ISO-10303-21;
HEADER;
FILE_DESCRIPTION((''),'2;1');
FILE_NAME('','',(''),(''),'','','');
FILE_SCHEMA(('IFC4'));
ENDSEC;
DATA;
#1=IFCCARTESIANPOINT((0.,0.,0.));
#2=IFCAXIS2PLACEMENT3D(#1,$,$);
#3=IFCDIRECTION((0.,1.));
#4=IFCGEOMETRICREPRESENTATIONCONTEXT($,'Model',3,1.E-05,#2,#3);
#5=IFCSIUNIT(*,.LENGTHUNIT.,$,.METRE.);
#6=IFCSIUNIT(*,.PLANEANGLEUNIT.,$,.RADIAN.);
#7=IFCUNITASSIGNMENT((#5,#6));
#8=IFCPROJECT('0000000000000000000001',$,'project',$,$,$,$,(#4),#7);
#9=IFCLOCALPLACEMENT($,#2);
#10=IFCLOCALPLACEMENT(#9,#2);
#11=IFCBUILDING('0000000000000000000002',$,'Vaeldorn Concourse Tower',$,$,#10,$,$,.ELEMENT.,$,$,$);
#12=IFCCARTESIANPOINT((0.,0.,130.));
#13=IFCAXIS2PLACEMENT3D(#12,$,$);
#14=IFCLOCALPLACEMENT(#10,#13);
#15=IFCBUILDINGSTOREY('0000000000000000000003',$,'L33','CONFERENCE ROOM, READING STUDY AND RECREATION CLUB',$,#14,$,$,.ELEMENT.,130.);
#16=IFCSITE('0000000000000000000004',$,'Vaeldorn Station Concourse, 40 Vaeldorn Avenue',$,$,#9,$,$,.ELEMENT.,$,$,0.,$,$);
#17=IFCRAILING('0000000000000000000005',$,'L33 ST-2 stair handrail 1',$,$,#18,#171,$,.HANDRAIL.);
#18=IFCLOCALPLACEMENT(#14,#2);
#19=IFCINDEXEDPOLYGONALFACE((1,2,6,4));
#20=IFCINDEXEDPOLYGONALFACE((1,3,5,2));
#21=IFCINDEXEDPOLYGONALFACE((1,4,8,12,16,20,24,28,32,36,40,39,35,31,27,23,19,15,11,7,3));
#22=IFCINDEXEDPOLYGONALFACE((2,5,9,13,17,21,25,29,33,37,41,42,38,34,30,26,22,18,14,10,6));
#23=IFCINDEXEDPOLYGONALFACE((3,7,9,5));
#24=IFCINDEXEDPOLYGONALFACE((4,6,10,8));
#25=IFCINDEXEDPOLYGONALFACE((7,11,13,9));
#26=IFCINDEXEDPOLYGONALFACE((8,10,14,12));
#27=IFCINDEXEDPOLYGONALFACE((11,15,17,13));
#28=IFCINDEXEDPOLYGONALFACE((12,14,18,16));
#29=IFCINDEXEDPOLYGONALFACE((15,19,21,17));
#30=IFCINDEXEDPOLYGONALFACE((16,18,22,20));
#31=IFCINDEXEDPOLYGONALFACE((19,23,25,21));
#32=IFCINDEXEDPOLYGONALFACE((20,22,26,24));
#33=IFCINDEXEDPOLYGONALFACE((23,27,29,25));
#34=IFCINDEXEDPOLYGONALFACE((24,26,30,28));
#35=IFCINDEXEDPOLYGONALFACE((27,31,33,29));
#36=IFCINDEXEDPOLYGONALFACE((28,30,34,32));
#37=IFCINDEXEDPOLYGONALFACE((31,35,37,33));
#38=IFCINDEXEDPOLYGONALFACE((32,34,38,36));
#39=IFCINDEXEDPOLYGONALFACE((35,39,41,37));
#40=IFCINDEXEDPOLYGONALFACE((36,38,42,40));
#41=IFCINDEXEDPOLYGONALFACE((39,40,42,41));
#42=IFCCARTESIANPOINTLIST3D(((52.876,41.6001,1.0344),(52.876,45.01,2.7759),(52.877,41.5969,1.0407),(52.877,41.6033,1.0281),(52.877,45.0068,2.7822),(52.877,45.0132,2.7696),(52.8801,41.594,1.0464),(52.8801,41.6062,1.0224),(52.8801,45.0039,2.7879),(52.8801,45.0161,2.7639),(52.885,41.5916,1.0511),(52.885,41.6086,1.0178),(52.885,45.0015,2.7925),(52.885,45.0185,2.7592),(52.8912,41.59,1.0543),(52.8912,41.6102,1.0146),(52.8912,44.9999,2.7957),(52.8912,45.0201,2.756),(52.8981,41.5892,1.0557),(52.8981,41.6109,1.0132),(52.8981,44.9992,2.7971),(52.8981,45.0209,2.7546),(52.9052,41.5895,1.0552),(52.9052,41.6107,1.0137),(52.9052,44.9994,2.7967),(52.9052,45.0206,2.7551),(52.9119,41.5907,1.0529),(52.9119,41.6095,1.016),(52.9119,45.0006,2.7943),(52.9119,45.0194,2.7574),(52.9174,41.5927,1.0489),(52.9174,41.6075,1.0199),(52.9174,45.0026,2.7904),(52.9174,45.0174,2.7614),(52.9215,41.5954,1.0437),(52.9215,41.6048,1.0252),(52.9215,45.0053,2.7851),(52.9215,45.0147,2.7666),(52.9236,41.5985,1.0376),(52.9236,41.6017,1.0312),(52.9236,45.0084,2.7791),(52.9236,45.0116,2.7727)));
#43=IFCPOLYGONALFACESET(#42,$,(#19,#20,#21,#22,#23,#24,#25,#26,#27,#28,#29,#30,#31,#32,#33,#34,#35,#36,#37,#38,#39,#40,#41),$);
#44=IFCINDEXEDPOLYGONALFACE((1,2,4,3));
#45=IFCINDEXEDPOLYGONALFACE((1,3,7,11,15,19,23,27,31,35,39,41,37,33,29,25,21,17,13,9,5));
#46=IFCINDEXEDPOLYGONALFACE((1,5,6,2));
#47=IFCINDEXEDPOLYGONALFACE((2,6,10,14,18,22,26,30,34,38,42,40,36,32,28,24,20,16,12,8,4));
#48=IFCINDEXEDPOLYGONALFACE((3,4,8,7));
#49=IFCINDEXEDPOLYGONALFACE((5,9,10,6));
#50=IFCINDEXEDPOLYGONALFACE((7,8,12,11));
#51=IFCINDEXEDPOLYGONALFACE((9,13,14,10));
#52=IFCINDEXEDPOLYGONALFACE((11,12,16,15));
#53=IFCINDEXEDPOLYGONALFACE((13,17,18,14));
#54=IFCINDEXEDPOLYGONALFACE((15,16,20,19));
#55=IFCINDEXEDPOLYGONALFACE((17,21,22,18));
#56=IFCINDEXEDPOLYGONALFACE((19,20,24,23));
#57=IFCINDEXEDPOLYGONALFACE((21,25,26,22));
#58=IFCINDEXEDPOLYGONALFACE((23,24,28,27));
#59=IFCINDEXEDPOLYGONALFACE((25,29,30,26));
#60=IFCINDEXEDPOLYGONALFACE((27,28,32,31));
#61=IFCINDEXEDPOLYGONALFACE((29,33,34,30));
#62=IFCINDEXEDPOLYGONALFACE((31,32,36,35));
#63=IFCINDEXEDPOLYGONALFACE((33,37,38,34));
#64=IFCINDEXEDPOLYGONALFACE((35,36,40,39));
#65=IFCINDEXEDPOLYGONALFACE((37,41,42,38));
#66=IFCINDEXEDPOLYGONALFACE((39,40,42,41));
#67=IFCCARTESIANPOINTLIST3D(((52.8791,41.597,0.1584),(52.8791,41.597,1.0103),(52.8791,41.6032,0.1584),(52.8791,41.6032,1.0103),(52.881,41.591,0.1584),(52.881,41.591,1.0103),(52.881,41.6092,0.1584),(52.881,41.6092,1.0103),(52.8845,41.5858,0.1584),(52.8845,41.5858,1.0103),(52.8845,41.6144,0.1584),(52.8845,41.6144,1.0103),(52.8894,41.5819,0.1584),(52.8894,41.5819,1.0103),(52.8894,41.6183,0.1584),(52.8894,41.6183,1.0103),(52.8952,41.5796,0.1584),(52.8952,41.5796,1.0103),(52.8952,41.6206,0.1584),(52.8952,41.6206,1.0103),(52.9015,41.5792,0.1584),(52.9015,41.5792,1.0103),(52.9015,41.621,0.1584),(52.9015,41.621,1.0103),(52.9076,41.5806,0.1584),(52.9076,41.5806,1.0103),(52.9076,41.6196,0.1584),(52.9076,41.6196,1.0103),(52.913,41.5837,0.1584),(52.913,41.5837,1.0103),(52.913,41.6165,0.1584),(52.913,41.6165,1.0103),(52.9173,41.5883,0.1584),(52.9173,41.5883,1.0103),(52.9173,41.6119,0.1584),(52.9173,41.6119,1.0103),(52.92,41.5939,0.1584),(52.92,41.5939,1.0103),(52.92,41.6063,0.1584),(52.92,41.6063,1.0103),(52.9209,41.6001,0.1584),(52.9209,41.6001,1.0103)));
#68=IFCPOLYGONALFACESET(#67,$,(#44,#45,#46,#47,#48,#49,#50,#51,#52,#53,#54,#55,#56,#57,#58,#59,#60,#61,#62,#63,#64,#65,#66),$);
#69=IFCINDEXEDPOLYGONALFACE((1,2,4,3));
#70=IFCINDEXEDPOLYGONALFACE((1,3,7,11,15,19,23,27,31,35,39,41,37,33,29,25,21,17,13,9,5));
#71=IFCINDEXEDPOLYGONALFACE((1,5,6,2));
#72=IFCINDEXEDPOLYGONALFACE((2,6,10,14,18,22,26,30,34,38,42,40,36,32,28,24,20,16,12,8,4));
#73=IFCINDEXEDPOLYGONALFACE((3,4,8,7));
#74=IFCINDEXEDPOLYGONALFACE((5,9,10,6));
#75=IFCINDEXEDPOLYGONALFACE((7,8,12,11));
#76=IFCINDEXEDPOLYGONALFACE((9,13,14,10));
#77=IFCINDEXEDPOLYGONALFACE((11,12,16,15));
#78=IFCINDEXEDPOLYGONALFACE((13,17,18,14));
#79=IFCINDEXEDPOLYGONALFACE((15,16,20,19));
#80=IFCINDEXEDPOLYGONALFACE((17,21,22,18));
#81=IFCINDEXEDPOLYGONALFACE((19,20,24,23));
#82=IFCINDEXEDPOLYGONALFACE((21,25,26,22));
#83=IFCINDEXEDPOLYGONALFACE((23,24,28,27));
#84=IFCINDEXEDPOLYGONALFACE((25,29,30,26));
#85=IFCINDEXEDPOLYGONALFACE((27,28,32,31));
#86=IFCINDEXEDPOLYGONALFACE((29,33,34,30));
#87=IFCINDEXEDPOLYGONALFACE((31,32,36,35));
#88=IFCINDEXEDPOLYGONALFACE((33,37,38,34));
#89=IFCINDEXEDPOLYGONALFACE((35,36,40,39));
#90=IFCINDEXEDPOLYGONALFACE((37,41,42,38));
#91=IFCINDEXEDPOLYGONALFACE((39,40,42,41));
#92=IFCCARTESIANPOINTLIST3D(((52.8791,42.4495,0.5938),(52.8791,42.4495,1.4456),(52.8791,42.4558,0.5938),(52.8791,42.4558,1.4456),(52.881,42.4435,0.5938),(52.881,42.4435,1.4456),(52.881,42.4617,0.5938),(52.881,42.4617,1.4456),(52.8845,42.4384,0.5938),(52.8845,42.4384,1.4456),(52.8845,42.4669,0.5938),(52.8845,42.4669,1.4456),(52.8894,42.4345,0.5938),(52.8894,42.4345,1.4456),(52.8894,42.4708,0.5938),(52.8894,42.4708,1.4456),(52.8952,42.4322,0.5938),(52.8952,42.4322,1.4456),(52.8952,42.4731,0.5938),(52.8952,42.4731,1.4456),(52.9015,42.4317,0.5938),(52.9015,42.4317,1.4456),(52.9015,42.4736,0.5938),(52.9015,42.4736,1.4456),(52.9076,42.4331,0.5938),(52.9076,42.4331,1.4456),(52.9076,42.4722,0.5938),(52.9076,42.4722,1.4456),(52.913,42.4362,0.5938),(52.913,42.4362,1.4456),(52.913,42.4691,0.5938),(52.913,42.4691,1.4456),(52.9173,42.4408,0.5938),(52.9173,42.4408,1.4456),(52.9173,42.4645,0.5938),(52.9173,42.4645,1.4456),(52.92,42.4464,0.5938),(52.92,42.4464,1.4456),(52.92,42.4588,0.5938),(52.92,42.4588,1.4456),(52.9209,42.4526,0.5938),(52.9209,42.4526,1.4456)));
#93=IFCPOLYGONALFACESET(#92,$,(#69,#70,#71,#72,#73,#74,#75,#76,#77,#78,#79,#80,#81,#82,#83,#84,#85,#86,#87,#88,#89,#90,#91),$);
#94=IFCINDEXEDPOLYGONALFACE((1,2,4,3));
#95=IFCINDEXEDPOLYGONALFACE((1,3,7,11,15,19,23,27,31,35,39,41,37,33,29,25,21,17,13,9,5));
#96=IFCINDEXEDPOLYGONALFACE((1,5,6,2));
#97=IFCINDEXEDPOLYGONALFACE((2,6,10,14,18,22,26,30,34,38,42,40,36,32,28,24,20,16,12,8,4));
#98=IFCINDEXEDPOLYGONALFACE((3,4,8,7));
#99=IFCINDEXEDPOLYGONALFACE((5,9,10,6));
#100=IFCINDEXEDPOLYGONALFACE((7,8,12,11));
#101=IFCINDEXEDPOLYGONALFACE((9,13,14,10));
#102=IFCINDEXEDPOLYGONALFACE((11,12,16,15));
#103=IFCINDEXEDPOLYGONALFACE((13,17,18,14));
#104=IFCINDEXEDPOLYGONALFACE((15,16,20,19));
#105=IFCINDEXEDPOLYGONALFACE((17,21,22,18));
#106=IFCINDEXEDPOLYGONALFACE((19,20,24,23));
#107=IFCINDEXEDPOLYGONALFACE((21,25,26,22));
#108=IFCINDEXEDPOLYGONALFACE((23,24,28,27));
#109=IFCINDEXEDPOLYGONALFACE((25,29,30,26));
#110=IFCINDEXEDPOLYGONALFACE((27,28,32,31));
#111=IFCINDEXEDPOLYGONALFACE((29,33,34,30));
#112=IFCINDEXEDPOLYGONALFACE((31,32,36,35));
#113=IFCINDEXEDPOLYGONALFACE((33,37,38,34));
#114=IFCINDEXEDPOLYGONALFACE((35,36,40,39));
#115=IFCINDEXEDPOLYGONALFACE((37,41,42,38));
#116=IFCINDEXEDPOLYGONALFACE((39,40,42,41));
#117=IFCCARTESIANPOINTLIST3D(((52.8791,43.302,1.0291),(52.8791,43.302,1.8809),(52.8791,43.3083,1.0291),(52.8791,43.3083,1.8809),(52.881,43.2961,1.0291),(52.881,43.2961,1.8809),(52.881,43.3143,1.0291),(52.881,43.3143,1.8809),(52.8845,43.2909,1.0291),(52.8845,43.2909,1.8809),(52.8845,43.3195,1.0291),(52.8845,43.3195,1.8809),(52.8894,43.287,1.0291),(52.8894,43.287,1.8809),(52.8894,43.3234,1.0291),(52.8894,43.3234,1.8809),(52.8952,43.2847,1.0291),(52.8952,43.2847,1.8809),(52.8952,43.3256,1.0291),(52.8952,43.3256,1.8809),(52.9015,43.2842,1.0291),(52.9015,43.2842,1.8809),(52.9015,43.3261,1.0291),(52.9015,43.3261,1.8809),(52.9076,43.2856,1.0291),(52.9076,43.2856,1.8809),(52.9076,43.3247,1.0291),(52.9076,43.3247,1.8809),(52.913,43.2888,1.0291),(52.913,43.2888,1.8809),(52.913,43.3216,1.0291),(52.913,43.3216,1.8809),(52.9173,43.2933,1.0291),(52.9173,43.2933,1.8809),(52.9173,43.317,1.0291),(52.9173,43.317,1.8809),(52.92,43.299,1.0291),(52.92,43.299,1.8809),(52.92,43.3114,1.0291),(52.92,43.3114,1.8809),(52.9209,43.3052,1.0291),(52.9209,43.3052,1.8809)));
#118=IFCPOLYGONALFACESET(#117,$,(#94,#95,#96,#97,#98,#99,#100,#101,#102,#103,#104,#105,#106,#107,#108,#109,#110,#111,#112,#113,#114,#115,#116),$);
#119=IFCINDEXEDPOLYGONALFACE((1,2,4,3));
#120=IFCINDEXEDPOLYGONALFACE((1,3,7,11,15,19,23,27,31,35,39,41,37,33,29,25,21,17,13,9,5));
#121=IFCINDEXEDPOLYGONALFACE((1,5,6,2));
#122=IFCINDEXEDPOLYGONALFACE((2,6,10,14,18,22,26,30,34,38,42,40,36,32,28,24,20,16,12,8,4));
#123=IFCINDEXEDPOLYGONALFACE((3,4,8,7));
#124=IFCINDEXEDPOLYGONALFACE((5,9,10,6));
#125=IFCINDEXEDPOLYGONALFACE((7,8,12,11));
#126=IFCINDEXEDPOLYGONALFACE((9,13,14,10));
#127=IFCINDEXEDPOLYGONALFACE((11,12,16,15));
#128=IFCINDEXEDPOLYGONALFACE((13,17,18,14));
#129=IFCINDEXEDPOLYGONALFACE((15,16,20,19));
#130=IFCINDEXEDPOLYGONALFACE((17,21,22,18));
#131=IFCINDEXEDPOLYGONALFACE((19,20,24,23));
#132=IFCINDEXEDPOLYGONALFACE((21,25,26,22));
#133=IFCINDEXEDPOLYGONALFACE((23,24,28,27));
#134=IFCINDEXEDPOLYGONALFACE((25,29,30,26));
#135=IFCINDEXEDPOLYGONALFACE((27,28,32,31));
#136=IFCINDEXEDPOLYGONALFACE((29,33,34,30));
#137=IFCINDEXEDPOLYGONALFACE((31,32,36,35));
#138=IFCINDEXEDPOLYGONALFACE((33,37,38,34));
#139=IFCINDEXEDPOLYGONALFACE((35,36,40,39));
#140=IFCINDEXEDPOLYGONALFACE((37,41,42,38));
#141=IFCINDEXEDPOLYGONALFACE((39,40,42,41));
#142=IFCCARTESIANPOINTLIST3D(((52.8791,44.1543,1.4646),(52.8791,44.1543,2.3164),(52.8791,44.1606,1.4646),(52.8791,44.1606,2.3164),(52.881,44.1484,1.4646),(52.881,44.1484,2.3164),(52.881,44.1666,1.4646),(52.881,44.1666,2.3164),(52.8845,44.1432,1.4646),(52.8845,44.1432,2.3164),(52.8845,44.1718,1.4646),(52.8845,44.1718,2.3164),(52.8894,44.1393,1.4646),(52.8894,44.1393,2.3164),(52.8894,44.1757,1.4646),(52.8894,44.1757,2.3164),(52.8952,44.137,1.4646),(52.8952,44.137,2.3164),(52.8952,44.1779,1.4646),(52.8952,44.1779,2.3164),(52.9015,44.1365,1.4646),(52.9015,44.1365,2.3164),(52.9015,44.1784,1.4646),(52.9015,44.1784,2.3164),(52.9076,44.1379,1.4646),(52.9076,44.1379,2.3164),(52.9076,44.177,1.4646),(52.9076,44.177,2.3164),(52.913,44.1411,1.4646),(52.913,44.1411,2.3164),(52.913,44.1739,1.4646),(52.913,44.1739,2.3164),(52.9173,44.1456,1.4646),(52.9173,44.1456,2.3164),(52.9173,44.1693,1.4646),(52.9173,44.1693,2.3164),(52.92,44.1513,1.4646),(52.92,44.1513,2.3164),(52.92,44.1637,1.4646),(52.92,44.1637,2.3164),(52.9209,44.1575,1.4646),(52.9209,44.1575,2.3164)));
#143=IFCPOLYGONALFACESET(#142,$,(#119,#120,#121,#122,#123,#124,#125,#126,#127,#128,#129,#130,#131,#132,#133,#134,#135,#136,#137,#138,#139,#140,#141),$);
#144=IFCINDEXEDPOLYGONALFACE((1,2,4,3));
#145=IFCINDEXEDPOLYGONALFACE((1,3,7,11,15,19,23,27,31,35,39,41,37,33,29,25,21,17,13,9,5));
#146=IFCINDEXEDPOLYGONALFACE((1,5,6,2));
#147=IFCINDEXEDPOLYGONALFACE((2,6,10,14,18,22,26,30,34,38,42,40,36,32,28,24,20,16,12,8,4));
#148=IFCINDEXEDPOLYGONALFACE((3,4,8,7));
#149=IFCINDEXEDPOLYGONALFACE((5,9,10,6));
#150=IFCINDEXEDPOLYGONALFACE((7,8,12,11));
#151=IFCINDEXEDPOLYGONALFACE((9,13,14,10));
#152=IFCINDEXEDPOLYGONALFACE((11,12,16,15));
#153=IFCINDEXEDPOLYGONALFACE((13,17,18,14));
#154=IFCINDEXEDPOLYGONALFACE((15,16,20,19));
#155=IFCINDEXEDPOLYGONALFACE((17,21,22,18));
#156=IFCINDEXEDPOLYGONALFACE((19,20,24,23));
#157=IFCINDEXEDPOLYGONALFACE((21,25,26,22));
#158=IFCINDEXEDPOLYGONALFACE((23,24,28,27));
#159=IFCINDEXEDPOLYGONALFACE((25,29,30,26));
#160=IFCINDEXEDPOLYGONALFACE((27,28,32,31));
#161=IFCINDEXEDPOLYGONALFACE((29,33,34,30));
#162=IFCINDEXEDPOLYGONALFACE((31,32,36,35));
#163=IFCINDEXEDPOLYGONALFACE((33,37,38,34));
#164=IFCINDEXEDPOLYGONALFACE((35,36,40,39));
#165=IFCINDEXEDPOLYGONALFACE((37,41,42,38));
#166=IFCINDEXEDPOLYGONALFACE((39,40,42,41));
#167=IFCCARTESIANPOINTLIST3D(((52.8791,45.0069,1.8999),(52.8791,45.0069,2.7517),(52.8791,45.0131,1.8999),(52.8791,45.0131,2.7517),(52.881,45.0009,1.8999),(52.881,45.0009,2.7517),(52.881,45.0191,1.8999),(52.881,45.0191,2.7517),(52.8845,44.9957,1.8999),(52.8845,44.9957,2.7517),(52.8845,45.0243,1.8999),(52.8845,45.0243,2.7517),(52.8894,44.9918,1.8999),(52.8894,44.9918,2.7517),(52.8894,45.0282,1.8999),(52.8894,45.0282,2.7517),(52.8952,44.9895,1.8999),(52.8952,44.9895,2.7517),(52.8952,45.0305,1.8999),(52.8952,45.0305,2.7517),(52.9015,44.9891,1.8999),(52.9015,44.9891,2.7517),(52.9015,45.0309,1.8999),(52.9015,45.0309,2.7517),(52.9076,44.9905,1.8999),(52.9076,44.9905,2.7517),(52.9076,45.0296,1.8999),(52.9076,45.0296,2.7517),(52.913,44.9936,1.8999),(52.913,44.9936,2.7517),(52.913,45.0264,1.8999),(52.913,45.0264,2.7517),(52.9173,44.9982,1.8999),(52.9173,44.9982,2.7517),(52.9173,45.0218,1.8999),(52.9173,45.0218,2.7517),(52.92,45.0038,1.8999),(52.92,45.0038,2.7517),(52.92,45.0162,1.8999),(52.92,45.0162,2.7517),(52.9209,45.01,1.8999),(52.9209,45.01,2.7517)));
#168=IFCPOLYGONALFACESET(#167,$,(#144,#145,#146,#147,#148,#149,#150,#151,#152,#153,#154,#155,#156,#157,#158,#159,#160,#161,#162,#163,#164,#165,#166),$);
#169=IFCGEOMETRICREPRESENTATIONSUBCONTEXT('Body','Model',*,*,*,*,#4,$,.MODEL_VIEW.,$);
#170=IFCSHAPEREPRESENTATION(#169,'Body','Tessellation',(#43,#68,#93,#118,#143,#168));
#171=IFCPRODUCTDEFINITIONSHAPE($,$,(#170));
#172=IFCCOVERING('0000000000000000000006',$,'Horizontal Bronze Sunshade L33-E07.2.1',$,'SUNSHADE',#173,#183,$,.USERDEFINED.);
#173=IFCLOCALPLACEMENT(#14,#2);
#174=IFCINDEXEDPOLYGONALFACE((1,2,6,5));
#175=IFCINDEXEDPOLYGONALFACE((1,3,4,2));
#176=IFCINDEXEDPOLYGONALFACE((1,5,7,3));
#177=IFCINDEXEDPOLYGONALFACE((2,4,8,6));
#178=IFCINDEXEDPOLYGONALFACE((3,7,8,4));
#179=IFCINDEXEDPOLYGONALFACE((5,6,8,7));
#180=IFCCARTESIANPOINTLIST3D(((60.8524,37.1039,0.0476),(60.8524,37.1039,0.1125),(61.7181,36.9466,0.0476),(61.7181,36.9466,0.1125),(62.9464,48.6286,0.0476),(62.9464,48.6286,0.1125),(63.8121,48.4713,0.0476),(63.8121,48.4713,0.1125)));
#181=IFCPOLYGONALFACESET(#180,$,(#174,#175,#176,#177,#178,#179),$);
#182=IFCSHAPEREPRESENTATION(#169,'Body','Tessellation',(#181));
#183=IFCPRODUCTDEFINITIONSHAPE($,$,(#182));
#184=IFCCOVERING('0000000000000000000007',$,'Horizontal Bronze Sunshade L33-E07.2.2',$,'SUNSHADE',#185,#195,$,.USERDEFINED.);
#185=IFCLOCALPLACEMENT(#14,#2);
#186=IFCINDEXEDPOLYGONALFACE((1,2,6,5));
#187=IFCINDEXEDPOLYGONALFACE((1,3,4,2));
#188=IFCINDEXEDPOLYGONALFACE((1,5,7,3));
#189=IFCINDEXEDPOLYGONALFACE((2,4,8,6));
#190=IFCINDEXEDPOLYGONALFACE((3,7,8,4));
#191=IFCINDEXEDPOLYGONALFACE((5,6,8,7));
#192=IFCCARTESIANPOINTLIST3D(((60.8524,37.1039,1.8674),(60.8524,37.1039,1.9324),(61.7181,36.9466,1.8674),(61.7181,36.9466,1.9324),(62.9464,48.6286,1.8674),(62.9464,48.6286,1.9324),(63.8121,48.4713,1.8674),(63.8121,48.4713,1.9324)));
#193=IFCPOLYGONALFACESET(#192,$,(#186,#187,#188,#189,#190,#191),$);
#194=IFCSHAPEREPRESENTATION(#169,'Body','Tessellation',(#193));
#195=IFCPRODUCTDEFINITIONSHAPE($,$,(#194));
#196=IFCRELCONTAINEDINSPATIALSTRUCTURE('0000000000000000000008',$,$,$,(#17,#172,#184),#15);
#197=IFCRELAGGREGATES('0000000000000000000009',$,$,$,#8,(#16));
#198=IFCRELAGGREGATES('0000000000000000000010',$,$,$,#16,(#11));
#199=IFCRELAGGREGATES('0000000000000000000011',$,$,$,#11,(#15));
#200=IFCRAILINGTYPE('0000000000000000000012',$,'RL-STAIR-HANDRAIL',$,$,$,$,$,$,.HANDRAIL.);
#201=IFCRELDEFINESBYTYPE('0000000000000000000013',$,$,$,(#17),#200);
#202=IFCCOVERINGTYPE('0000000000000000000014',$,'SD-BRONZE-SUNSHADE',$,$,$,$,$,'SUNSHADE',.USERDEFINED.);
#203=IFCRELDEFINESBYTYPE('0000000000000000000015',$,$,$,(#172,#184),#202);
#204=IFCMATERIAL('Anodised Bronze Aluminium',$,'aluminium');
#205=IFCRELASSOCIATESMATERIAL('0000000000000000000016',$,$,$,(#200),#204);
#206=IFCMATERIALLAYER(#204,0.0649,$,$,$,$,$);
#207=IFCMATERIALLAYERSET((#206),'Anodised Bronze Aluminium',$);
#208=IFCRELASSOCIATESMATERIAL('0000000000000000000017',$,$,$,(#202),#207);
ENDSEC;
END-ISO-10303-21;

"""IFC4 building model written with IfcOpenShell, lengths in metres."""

from ifc_helpers import new_model, si_unit, direction, frame, origin, origin_2d, place, context, subcontext, project, spatial, rectangle, circle, extrude, source, transform, mapped, material, layer, layer_set, type_object, element, save


model = new_model("IFC4")

# Units and contexts
model_context = context("Model", 3, precision=1e-05, world=origin(), true_north=direction((0.0, 1.0)))
body_context = subcontext(model_context, "Body", "Model", "MODEL_VIEW")
ifc_project = project(units=[si_unit("LENGTHUNIT", "METRE"), si_unit("PLANEANGLEUNIT", "RADIAN")], contexts=[model_context])

# Site, building, storey
site_placement = place(None, origin())
site = spatial("IfcSite", under=ifc_project, at=site_placement, Name="Vaeldorn Station Concourse, 40 Vaeldorn Avenue", CompositionType="ELEMENT", RefElevation=0.0)
building_placement = place(site_placement, origin())
building = spatial("IfcBuilding", under=site, at=building_placement, Name="Vaeldorn Concourse Tower", CompositionType="ELEMENT")
storey_placement = place(building_placement, frame((0.0, 0.0, 130.0)))
storey = spatial("IfcBuildingStorey", under=building, at=storey_placement, Name="L33", Description="CONFERENCE ROOM, READING STUDY AND RECREATION CLUB", CompositionType="ELEMENT", Elevation=130.0)

# Shared definitions
ifc_material_1 = material(Name="Anodised Bronze Aluminium", Category="aluminium")

# Railing
railing_type_1 = type_object("IfcRailingType", Name="RL-STAIR-HANDRAIL", PredefinedType="HANDRAIL", material=ifc_material_1)
railing_1_placement = place(storey_placement, frame((52.8999, 41.6001, 0.1584)))
element("IfcRailing", 1, at=railing_1_placement, inside=storey, type_object=railing_type_1, Name="L33 ST-2 stair handrail 1", PredefinedType="HANDRAIL", context=body_context, shape_type="SweptSolid", body=[
    extrude(circle(Radius=0.0239, at=origin_2d()), frame((0.0, 0.0, 0.876), z_axis=(0.0, 0.890582, 0.454823), x_axis=(-1.0, 0.0, 0.0)), (0.0, 0.0, 1.0), 3.8289),
    extrude(circle(Radius=0.021, at=origin_2d()), origin(), (0.0, 0.0, 1.0), 0.8518),
    extrude(circle(Radius=0.021, at=origin_2d()), frame((0.0, 0.8525, 0.4353)), (0.0, 0.0, 1.0), 0.8518),
    extrude(circle(Radius=0.021, at=origin_2d()), frame((0.0, 1.7051, 0.8706)), (0.0, 0.0, 1.0), 0.8518),
    extrude(circle(Radius=0.021, at=origin_2d()), frame((0.0, 2.5574, 1.3062)), (0.0, 0.0, 1.0), 0.8518),
    extrude(circle(Radius=0.021, at=origin_2d()), frame((0.0, 3.4099, 1.7415)), (0.0, 0.0, 1.0), 0.8518),
])

# Coverings
ifc_layer_1 = layer(ifc_material_1, 0.0649)
ifc_layer_set_1 = layer_set([ifc_layer_1], Name="Anodised Bronze Aluminium")
covering_type = type_object("IfcCoveringType", Name="SD-BRONZE-SUNSHADE", ElementType="SUNSHADE", PredefinedType="USERDEFINED", material=ifc_layer_set_1)
shared_shape_1 = source(origin(), body_context, "Body", "SweptSolid", [
    extrude(rectangle(XDim=11.7134, YDim=0.8799, at=origin_2d()), origin(), (0.0, 0.0, 1.0), 0.0649),
])
for number, where, z_axis, x_axis, name in (
    (2, (62.3323, 42.7876, 0.0476), (0.0, 0.0, 1.0), (0.178768, 0.983891, 0.0), "Horizontal Bronze Sunshade L33-E07.2.1"),
    (3, (62.3323, 42.7876, 1.8674), (0.0, 0.0, 1.0), (0.178768, 0.983891, 0.0), "Horizontal Bronze Sunshade L33-E07.2.2"),
):
    element("IfcCovering", number, at=place(storey_placement, frame(where, z_axis=z_axis, x_axis=x_axis)), inside=storey, type_object=covering_type, Name=name, ObjectType="SUNSHADE", PredefinedType="USERDEFINED", context=body_context, shape_type="MappedRepresentation", body=[
        mapped(shared_shape_1, transform((0.0, 0.0, 0.0), scale=1.0)),
    ])

save(model, "model.ifc")
